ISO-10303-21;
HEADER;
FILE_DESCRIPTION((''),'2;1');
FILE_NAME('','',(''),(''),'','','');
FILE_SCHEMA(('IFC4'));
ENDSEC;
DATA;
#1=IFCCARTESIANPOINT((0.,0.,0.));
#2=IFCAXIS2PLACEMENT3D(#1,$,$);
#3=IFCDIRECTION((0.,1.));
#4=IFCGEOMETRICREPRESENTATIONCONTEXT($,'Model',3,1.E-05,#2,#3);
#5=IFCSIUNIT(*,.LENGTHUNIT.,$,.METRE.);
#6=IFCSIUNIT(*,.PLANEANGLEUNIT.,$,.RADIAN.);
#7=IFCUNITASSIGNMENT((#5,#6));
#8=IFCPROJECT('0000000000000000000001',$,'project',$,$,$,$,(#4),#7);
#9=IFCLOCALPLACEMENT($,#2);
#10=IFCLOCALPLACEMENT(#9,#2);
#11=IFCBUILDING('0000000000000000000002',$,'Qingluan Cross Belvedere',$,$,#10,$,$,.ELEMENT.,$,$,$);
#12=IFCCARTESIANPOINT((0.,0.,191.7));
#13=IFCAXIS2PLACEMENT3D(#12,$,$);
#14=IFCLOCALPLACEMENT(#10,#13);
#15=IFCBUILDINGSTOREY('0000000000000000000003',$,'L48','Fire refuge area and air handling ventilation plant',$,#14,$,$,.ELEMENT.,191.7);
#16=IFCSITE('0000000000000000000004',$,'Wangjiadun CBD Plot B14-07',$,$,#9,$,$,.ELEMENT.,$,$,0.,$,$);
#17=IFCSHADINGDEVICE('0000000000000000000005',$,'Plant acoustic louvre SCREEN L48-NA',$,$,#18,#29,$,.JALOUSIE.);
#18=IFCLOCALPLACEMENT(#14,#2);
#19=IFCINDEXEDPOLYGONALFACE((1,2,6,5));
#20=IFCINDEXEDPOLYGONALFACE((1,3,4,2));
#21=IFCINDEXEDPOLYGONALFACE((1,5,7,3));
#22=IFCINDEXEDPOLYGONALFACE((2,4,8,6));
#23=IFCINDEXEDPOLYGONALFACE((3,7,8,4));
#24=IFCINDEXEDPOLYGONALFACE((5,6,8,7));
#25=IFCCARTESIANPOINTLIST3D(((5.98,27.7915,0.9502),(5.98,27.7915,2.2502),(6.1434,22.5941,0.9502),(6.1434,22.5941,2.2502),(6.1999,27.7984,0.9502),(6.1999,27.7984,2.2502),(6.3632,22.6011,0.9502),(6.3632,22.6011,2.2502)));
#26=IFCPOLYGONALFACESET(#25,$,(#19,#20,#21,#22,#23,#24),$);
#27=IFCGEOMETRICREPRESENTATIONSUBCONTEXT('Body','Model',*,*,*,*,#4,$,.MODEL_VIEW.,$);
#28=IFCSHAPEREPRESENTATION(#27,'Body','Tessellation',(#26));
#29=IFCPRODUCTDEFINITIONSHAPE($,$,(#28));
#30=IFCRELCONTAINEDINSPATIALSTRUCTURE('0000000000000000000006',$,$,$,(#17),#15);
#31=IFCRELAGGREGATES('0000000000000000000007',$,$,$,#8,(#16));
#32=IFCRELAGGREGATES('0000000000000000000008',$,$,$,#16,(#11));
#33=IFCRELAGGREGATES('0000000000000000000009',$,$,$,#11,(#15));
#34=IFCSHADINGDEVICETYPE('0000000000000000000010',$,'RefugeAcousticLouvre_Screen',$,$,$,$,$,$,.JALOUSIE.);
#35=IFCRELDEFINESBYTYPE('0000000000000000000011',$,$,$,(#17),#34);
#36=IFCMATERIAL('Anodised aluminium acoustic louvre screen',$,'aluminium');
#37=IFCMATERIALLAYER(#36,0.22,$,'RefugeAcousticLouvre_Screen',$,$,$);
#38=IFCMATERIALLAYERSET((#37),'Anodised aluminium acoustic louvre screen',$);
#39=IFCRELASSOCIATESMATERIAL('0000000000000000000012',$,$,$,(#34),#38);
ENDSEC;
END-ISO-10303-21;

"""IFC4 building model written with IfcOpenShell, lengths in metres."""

from ifc_helpers import new_model, si_unit, direction, frame, origin, origin_2d, place, context, subcontext, project, spatial, rectangle, extrude, material, layer, layer_set, type_object, element, save


model = new_model("IFC4")

# Units and contexts
model_context = context("Model", 3, precision=1e-05, world=origin(), true_north=direction((0.0, 1.0)))
body_context = subcontext(model_context, "Body", "Model", "MODEL_VIEW")
ifc_project = project(units=[si_unit("LENGTHUNIT", "METRE"), si_unit("PLANEANGLEUNIT", "RADIAN")], contexts=[model_context])

# Site, building, storey
site_placement = place(None, origin())
site = spatial("IfcSite", under=ifc_project, at=site_placement, Name="Wangjiadun CBD Plot B14-07", CompositionType="ELEMENT", RefElevation=0.0)
building_placement = place(site_placement, origin())
building = spatial("IfcBuilding", under=site, at=building_placement, Name="Qingluan Cross Belvedere", CompositionType="ELEMENT")
storey_placement = place(building_placement, frame((0.0, 0.0, 191.7)))
storey = spatial("IfcBuildingStorey", under=building, at=storey_placement, Name="L48", Description="Fire refuge area and air handling ventilation plant", CompositionType="ELEMENT", Elevation=191.7)

# Shading device
ifc_material_1 = material(Name="Anodised aluminium acoustic louvre screen", Category="aluminium")
ifc_layer_1 = layer(ifc_material_1, 0.22, Name="RefugeAcousticLouvre_Screen")
ifc_layer_set_1 = layer_set([ifc_layer_1], Name="Anodised aluminium acoustic louvre screen")
shading_device_type_1 = type_object("IfcShadingDeviceType", Name="RefugeAcousticLouvre_Screen", PredefinedType="JALOUSIE", material=ifc_layer_set_1)
shading_device_1_placement = place(storey_placement, frame((6.1716, 25.1963, 0.9502), z_axis=(0.0, 0.0, 1.0), x_axis=(-0.031408, 0.999507, 0.0)))
element("IfcShadingDevice", 1, at=shading_device_1_placement, inside=storey, type_object=shading_device_type_1, Name="Plant acoustic louvre SCREEN L48-NA", PredefinedType="JALOUSIE", context=body_context, shape_type="SweptSolid", body=[
    extrude(rectangle(XDim=5.2, YDim=0.22, at=origin_2d()), origin(), (0.0, 0.0, 1.0), 1.3),
])

save(model, "model.ifc")
